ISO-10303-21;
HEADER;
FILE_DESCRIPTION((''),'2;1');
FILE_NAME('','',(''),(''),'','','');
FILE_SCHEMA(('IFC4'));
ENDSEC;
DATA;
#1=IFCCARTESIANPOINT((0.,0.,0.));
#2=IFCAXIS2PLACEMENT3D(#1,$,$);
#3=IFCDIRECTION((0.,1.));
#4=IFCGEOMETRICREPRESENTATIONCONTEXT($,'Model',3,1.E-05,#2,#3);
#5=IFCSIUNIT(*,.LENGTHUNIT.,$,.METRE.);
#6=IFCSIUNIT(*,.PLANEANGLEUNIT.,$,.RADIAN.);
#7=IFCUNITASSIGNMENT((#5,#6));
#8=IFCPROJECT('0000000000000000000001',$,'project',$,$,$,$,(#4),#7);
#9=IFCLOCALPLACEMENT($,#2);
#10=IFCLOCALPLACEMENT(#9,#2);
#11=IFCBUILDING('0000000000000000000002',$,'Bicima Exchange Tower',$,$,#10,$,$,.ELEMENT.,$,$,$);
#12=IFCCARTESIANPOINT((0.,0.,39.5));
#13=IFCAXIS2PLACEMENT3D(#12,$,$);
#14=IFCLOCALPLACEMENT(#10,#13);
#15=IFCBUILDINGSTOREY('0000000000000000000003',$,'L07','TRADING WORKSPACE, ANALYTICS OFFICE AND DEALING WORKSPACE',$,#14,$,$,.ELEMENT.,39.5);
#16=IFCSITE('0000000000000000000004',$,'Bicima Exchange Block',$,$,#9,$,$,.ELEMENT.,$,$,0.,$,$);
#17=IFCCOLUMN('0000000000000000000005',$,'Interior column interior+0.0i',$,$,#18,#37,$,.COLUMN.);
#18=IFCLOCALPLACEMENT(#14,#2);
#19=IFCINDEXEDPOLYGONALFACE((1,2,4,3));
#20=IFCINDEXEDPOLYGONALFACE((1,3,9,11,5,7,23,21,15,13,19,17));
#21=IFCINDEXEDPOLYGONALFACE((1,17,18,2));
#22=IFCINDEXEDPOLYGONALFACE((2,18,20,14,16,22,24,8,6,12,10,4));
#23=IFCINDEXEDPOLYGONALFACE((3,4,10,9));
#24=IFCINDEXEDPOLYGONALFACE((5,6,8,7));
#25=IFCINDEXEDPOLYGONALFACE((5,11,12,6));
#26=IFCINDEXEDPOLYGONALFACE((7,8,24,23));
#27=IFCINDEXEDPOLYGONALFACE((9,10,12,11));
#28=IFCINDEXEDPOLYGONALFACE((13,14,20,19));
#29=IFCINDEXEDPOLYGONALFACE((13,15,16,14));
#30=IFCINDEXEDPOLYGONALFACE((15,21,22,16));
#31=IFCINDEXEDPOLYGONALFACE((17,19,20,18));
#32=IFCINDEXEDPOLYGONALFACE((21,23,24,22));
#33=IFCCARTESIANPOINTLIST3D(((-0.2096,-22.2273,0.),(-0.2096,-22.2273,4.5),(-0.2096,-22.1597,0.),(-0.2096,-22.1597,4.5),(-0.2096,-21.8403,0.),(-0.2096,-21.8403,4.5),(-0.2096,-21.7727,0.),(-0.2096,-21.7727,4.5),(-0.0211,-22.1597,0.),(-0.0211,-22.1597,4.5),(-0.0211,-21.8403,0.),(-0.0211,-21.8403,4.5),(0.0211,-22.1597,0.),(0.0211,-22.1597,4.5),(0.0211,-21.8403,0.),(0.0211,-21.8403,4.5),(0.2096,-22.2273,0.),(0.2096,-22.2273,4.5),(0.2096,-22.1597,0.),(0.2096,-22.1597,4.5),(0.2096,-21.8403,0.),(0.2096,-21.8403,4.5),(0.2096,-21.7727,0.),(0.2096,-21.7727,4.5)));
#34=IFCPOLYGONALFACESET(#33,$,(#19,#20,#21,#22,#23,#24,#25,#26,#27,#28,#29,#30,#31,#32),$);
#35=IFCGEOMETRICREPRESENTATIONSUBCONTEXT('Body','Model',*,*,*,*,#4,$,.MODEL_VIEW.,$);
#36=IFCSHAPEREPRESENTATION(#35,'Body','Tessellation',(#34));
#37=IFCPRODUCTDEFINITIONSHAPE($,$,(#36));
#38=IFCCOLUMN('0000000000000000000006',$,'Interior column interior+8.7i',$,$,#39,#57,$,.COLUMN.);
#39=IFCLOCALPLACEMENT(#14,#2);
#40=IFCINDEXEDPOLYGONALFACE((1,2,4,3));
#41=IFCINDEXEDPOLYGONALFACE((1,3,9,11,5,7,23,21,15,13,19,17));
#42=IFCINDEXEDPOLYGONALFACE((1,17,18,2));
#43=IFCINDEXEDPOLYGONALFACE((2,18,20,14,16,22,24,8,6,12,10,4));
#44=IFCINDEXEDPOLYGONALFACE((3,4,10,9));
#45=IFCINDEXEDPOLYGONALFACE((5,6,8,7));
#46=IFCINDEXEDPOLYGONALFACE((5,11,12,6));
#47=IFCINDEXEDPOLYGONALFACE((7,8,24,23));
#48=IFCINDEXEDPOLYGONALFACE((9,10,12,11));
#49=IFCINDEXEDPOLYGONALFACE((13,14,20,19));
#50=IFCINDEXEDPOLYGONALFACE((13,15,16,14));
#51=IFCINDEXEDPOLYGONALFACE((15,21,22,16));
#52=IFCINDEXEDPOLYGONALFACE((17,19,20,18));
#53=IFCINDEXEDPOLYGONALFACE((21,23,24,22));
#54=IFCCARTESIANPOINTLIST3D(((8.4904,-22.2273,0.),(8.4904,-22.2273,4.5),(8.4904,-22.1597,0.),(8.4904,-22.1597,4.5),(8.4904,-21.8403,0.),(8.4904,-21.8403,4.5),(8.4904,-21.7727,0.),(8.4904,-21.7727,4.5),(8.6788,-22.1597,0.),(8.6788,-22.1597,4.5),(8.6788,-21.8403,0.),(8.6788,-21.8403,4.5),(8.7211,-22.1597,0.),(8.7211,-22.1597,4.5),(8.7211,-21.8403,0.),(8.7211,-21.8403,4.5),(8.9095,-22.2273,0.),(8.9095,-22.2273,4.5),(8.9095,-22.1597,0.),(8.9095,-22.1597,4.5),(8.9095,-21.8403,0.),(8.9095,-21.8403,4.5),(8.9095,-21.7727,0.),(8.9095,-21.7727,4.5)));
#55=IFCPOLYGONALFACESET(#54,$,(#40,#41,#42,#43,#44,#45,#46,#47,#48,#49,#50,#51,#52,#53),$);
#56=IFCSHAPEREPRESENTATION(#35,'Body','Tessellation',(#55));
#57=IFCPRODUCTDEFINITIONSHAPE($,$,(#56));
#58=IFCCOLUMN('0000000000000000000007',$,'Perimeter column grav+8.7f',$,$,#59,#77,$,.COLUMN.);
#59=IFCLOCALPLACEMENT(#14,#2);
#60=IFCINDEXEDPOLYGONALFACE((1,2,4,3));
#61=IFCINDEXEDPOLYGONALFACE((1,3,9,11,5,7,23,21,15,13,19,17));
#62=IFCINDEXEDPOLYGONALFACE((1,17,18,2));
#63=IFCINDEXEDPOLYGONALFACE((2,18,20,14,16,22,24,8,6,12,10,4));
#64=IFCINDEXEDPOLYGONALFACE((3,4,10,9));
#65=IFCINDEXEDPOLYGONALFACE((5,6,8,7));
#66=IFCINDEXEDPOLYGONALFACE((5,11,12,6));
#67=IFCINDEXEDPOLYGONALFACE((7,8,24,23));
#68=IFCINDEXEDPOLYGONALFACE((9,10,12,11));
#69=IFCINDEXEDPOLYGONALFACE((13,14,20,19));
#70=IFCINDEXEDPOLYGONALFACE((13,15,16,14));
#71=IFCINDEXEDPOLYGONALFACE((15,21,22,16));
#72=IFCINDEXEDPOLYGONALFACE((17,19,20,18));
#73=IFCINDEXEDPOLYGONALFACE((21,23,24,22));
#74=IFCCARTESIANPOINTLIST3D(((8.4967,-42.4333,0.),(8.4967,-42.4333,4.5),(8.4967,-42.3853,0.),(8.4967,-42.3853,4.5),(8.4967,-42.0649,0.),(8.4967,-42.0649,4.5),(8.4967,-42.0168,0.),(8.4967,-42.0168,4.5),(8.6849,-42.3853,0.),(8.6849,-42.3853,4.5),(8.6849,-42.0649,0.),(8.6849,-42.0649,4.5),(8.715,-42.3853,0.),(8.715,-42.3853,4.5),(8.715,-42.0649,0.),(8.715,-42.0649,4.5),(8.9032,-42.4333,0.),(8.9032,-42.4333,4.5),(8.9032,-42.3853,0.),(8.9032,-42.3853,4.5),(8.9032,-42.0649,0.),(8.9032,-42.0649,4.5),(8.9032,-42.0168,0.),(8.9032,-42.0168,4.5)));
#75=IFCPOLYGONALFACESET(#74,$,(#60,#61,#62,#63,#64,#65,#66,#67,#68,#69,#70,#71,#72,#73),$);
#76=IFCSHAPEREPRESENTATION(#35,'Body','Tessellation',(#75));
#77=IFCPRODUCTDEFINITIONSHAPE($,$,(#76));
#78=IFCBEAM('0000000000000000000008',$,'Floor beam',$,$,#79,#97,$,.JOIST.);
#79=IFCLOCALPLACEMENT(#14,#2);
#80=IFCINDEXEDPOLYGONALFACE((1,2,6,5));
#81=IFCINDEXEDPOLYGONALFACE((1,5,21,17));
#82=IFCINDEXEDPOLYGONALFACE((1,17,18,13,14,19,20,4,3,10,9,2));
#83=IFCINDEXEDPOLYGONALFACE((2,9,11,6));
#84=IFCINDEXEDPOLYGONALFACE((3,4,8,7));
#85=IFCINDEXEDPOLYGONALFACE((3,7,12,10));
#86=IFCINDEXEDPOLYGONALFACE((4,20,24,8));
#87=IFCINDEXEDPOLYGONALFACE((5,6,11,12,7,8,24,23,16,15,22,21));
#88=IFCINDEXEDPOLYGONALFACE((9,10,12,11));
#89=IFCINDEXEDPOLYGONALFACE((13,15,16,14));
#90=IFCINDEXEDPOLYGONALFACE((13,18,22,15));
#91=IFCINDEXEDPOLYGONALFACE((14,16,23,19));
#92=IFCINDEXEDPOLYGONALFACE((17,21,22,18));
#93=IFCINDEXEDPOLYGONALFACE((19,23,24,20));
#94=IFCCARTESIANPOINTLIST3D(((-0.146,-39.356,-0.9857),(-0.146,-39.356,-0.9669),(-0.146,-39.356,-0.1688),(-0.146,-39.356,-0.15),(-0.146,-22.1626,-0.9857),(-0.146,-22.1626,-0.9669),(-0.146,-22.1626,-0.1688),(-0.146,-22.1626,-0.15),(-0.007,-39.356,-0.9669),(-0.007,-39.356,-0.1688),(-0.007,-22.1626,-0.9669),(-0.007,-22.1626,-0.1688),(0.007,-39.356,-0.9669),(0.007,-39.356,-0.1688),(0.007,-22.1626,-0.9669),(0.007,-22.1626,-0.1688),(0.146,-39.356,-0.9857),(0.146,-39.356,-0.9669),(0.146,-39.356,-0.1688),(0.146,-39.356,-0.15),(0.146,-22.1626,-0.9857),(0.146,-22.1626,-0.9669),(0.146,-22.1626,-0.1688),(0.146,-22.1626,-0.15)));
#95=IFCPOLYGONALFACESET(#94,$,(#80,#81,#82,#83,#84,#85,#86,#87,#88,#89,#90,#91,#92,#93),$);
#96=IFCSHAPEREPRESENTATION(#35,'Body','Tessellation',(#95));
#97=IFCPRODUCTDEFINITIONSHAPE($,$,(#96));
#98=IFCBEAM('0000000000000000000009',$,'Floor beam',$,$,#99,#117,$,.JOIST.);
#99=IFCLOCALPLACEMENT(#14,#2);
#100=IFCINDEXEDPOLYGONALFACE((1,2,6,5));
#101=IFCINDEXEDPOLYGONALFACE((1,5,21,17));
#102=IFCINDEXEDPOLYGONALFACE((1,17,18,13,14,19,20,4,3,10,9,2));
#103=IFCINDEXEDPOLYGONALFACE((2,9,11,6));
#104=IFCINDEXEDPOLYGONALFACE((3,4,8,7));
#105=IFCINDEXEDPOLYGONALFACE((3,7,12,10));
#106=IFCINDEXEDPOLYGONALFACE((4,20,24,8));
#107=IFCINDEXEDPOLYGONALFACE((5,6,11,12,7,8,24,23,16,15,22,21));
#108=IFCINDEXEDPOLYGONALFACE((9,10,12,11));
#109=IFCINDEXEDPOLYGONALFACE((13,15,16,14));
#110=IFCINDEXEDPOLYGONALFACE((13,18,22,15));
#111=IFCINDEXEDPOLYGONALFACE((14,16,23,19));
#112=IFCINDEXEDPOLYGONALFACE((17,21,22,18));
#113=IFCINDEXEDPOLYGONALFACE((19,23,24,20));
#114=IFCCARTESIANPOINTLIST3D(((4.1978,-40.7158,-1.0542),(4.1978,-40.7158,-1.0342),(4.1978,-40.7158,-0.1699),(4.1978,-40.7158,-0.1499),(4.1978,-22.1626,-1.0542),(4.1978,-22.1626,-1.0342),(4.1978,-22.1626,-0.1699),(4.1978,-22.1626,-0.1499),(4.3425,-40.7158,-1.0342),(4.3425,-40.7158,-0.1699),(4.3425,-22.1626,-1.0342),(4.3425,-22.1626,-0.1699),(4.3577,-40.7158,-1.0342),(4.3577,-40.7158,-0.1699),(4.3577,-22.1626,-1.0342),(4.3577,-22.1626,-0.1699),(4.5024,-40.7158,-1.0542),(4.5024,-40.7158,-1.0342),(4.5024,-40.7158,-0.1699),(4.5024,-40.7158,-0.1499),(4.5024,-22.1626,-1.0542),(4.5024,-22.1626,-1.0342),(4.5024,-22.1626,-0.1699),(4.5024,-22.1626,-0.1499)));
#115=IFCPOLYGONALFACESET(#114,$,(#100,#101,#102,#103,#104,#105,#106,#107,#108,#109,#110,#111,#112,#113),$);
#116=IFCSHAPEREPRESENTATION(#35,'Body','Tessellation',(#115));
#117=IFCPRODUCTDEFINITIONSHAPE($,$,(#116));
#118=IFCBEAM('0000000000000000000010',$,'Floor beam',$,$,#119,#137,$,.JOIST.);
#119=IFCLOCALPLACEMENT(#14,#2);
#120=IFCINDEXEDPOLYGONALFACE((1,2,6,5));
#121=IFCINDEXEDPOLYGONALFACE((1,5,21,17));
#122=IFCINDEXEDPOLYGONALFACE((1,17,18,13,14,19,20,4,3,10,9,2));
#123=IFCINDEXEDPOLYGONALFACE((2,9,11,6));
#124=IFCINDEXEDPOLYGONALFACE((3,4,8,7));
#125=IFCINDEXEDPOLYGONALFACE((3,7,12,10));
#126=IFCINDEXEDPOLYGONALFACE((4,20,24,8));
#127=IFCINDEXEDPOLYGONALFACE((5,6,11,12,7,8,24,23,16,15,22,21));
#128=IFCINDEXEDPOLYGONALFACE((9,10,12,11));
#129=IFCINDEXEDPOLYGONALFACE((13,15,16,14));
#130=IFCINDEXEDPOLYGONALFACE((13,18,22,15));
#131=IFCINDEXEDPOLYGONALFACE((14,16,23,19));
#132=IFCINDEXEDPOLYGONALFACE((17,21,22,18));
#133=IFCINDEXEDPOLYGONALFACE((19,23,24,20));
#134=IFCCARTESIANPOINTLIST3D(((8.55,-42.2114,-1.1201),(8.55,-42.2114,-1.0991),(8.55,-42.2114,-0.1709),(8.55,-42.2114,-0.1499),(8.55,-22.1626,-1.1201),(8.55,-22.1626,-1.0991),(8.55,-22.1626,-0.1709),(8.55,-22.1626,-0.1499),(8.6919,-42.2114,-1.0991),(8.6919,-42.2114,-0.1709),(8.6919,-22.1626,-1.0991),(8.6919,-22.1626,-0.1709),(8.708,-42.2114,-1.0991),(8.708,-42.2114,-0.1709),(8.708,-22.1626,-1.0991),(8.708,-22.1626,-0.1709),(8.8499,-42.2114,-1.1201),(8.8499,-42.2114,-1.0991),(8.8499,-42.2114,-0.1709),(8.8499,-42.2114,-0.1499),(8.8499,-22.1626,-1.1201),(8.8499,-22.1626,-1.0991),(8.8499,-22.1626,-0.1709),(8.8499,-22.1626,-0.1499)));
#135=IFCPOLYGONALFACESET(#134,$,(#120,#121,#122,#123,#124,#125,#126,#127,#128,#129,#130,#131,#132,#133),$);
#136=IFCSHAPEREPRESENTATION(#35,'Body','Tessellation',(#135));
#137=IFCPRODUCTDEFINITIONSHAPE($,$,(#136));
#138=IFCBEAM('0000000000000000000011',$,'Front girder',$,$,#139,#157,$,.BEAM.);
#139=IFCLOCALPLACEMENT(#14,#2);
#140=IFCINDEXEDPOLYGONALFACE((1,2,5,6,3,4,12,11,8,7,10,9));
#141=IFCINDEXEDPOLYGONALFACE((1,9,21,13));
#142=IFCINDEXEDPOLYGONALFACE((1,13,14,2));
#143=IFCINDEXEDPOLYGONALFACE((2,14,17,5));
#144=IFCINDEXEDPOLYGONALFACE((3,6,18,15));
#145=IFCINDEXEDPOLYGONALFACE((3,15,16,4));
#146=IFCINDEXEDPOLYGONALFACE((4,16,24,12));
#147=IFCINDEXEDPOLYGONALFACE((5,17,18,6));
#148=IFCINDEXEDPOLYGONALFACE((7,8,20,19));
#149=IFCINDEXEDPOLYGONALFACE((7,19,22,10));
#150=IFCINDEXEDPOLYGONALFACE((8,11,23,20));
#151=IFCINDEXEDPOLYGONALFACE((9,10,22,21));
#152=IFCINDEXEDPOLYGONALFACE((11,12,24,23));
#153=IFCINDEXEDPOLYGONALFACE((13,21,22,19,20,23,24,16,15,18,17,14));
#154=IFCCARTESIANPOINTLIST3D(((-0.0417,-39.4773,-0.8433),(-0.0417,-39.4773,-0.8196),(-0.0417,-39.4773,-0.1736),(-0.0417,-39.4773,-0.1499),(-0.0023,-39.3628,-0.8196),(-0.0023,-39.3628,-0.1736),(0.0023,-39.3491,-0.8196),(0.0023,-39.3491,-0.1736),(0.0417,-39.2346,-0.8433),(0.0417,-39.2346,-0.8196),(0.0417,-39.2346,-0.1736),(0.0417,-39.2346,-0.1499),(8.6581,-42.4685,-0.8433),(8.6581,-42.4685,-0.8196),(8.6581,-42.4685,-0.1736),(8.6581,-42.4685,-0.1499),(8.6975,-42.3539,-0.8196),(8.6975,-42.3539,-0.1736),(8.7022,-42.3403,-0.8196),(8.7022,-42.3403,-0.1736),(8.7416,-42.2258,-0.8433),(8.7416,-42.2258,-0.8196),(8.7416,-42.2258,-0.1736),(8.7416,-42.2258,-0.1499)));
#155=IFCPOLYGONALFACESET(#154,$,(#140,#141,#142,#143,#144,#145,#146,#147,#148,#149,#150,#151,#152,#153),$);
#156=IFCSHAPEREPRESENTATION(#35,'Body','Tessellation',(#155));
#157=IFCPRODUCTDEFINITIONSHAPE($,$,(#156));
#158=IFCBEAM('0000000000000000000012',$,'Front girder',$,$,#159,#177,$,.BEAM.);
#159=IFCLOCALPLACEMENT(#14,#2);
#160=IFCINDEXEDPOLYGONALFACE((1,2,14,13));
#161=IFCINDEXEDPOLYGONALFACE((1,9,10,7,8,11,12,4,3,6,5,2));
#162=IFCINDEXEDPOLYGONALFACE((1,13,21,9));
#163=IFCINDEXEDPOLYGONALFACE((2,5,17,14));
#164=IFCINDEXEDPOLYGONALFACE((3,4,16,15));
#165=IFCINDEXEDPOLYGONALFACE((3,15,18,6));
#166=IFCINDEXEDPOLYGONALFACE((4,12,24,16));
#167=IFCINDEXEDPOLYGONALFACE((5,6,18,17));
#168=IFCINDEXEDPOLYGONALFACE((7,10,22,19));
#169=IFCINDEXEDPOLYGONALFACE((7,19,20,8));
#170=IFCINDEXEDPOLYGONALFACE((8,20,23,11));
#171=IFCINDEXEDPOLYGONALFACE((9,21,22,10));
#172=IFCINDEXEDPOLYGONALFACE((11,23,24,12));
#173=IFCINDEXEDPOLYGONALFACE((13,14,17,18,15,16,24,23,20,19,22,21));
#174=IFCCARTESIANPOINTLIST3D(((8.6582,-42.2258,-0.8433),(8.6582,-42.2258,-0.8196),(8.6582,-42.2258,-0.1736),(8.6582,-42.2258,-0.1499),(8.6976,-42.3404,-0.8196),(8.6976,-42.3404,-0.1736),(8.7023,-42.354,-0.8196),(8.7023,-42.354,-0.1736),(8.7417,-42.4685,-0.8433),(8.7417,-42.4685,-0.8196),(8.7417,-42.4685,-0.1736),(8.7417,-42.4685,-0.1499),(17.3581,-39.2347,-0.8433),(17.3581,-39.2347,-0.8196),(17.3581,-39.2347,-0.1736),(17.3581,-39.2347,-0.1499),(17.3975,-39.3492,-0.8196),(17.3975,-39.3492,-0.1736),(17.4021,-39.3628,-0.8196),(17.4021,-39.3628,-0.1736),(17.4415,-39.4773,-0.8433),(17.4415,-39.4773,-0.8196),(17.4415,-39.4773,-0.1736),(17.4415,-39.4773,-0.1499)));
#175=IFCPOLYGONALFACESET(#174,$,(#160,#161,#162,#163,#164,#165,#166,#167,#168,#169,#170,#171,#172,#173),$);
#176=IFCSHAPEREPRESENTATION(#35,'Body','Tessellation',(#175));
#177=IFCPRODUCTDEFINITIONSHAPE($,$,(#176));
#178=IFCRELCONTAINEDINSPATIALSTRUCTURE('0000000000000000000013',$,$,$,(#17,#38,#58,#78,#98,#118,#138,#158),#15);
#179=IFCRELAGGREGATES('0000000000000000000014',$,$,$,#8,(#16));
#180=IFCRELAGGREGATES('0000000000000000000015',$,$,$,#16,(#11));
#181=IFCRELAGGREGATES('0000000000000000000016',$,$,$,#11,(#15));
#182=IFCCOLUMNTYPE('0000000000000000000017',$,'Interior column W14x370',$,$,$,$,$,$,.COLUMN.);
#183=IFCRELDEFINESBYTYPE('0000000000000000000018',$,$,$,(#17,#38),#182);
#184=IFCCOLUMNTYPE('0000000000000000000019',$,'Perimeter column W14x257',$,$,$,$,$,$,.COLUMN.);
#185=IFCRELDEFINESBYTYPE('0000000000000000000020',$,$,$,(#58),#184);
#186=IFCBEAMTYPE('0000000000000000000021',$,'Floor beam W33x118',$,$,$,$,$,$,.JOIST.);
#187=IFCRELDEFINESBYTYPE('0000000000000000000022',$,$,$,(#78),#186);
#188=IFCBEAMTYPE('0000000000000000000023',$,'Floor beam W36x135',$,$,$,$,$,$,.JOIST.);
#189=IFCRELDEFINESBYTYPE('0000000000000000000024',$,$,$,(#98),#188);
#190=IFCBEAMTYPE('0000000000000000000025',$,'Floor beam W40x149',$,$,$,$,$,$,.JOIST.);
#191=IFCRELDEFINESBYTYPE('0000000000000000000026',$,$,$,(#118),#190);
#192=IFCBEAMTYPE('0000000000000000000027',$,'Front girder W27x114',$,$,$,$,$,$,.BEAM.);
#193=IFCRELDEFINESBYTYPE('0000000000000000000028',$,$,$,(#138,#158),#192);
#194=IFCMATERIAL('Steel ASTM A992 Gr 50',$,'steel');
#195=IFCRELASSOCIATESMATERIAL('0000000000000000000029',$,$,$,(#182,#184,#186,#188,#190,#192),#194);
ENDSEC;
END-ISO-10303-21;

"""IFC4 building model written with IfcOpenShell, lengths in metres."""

from ifc_helpers import new_model, si_unit, direction, frame, origin, origin_2d, place, context, subcontext, project, spatial, i_section, extrude, material, material_profile, profile_set, type_object, element, save


model = new_model("IFC4")

# Units and contexts
model_context = context("Model", 3, precision=1e-05, world=origin(), true_north=direction((0.0, 1.0)))
body_context = subcontext(model_context, "Body", "Model", "MODEL_VIEW")
ifc_project = project(units=[si_unit("LENGTHUNIT", "METRE"), si_unit("PLANEANGLEUNIT", "RADIAN")], contexts=[model_context])

# Site, building, storey
site_placement = place(None, origin())
site = spatial("IfcSite", under=ifc_project, at=site_placement, Name="Bicima Exchange Block", CompositionType="ELEMENT", RefElevation=0.0)
building_placement = place(site_placement, origin())
building = spatial("IfcBuilding", under=site, at=building_placement, Name="Bicima Exchange Tower", CompositionType="ELEMENT")
storey_placement = place(building_placement, frame((0.0, 0.0, 39.5)))
storey = spatial("IfcBuildingStorey", under=building, at=storey_placement, Name="L07", Description="TRADING WORKSPACE, ANALYTICS OFFICE AND DEALING WORKSPACE", CompositionType="ELEMENT", Elevation=39.5)

# Columns
ifc_material_1 = material(Name="Steel ASTM A992 Gr 50", Category="steel")
ifc_material_profile_1 = material_profile(ifc_material_1, i_section(OverallWidth=0.4192, OverallDepth=0.4546, WebThickness=0.0422, FlangeThickness=0.0676, at=origin_2d()))
ifc_profile_set_1 = profile_set([ifc_material_profile_1], Name="Steel ASTM A992 Gr 50")
column_type_1 = type_object("IfcColumnType", Name="Interior column W14x370", PredefinedType="COLUMN", material=ifc_profile_set_1)
for number, where, z_axis, x_axis, name in (
    (1, (0.0, -22.0, 0.0), (0.0, 0.0, 1.0), (1.0, 0.0, 0.0), "Interior column interior+0.0i"),
    (2, (8.7, -22.0, 0.0), (0.0, 0.0, 1.0), (1.0, 0.0, 0.0), "Interior column interior+8.7i"),
):
    element("IfcColumn", number, at=place(storey_placement, frame(where, z_axis=z_axis, x_axis=x_axis)), inside=storey, type_object=column_type_1, Name=name, PredefinedType="COLUMN", context=body_context, shape_type="SweptSolid", body=[
        extrude(i_section(OverallWidth=0.4192, OverallDepth=0.4546, WebThickness=0.0422, FlangeThickness=0.0676, at=origin_2d()), origin(), (0.0, 0.0, 1.0), 4.5),
    ])
ifc_material_profile_2 = material_profile(ifc_material_1, i_section(OverallWidth=0.4065, OverallDepth=0.4165, WebThickness=0.03, FlangeThickness=0.0481, at=origin_2d()))
ifc_profile_set_2 = profile_set([ifc_material_profile_2], Name="Steel ASTM A992 Gr 50")
column_type_2 = type_object("IfcColumnType", Name="Perimeter column W14x257", PredefinedType="COLUMN", material=ifc_profile_set_2)
column_placement = place(storey_placement, frame((8.7, -42.2251, 0.0), z_axis=(0.0, 0.0, 1.0), x_axis=(1.0, 0.0, 0.0)))
element("IfcColumn", 3, at=column_placement, inside=storey, type_object=column_type_2, Name="Perimeter column grav+8.7f", PredefinedType="COLUMN", context=body_context, shape_type="SweptSolid", body=[
    extrude(i_section(OverallWidth=0.4065, OverallDepth=0.4165, WebThickness=0.03, FlangeThickness=0.0481, at=origin_2d()), origin(), (0.0, 0.0, 1.0), 4.5),
])

# Beams
ifc_material_profile_3 = material_profile(ifc_material_1, i_section(OverallWidth=0.292, OverallDepth=0.8357, WebThickness=0.0139, FlangeThickness=0.0188, at=origin_2d()))
ifc_profile_set_3 = profile_set([ifc_material_profile_3], Name="Steel ASTM A992 Gr 50")
beam_type_1 = type_object("IfcBeamType", Name="Floor beam W33x118", PredefinedType="JOIST", material=ifc_profile_set_3)
beam_1_placement = place(storey_placement, frame((0.0, -22.1626, -0.5679), z_axis=(0.0, -1.0, 0.0), x_axis=(1.0, 0.0, 0.0)))
element("IfcBeam", 4, at=beam_1_placement, inside=storey, type_object=beam_type_1, Name="Floor beam", PredefinedType="JOIST", context=body_context, shape_type="SweptSolid", body=[
    extrude(i_section(OverallWidth=0.292, OverallDepth=0.8357, WebThickness=0.0139, FlangeThickness=0.0188, at=origin_2d()), origin(), (0.0, 0.0, 1.0), 17.1934),
])
ifc_material_profile_4 = material_profile(ifc_material_1, i_section(OverallWidth=0.3047, OverallDepth=0.9043, WebThickness=0.0151, FlangeThickness=0.02, at=origin_2d()))
ifc_profile_set_4 = profile_set([ifc_material_profile_4], Name="Steel ASTM A992 Gr 50")
beam_type_2 = type_object("IfcBeamType", Name="Floor beam W36x135", PredefinedType="JOIST", material=ifc_profile_set_4)
beam_2_placement = place(storey_placement, frame((4.3501, -22.1626, -0.6021), z_axis=(0.0, -1.0, 0.0), x_axis=(1.0, 0.0, 0.0)))
element("IfcBeam", 5, at=beam_2_placement, inside=storey, type_object=beam_type_2, Name="Floor beam", PredefinedType="JOIST", context=body_context, shape_type="SweptSolid", body=[
    extrude(i_section(OverallWidth=0.3047, OverallDepth=0.9043, WebThickness=0.0151, FlangeThickness=0.02, at=origin_2d()), origin(), (0.0, 0.0, 1.0), 18.5532),
])
ifc_material_profile_5 = material_profile(ifc_material_1, i_section(OverallWidth=0.2998, OverallDepth=0.9702, WebThickness=0.0161, FlangeThickness=0.021, at=origin_2d()))
ifc_profile_set_5 = profile_set([ifc_material_profile_5], Name="Steel ASTM A992 Gr 50")
beam_type_3 = type_object("IfcBeamType", Name="Floor beam W40x149", PredefinedType="JOIST", material=ifc_profile_set_5)
beam_3_placement = place(storey_placement, frame((8.7, -22.1626, -0.635), z_axis=(0.0, -1.0, 0.0), x_axis=(1.0, 0.0, 0.0)))
element("IfcBeam", 6, at=beam_3_placement, inside=storey, type_object=beam_type_3, Name="Floor beam", PredefinedType="JOIST", context=body_context, shape_type="SweptSolid", body=[
    extrude(i_section(OverallWidth=0.2998, OverallDepth=0.9702, WebThickness=0.0161, FlangeThickness=0.021, at=origin_2d()), origin(), (0.0, 0.0, 1.0), 20.0488),
])
ifc_material_profile_6 = material_profile(ifc_material_1, i_section(OverallWidth=0.2566, OverallDepth=0.6934, WebThickness=0.0144, FlangeThickness=0.0237, at=origin_2d()))
ifc_profile_set_6 = profile_set([ifc_material_profile_6], Name="Steel ASTM A992 Gr 50")
beam_type_4 = type_object("IfcBeamType", Name="Front girder W27x114", PredefinedType="BEAM", material=ifc_profile_set_6)
for number, where, z_axis, x_axis, name in (
    (7, (0.0, -39.356, -0.4966), (0.945666, -0.325138, 0.0), (0.325138, 0.945666, 0.0), "Front girder"),
    (8, (8.7, -42.3472, -0.4966), (0.945666, 0.325138, 0.0), (-0.325138, 0.945666, 0.0), "Front girder"),
):
    element("IfcBeam", number, at=place(storey_placement, frame(where, z_axis=z_axis, x_axis=x_axis)), inside=storey, type_object=beam_type_4, Name=name, PredefinedType="BEAM", context=body_context, shape_type="SweptSolid", body=[
        extrude(i_section(OverallWidth=0.2566, OverallDepth=0.6934, WebThickness=0.0144, FlangeThickness=0.0237, at=origin_2d()), origin(), (0.0, 0.0, 1.0), 9.1997),
    ])

save(model, "model.ifc")
